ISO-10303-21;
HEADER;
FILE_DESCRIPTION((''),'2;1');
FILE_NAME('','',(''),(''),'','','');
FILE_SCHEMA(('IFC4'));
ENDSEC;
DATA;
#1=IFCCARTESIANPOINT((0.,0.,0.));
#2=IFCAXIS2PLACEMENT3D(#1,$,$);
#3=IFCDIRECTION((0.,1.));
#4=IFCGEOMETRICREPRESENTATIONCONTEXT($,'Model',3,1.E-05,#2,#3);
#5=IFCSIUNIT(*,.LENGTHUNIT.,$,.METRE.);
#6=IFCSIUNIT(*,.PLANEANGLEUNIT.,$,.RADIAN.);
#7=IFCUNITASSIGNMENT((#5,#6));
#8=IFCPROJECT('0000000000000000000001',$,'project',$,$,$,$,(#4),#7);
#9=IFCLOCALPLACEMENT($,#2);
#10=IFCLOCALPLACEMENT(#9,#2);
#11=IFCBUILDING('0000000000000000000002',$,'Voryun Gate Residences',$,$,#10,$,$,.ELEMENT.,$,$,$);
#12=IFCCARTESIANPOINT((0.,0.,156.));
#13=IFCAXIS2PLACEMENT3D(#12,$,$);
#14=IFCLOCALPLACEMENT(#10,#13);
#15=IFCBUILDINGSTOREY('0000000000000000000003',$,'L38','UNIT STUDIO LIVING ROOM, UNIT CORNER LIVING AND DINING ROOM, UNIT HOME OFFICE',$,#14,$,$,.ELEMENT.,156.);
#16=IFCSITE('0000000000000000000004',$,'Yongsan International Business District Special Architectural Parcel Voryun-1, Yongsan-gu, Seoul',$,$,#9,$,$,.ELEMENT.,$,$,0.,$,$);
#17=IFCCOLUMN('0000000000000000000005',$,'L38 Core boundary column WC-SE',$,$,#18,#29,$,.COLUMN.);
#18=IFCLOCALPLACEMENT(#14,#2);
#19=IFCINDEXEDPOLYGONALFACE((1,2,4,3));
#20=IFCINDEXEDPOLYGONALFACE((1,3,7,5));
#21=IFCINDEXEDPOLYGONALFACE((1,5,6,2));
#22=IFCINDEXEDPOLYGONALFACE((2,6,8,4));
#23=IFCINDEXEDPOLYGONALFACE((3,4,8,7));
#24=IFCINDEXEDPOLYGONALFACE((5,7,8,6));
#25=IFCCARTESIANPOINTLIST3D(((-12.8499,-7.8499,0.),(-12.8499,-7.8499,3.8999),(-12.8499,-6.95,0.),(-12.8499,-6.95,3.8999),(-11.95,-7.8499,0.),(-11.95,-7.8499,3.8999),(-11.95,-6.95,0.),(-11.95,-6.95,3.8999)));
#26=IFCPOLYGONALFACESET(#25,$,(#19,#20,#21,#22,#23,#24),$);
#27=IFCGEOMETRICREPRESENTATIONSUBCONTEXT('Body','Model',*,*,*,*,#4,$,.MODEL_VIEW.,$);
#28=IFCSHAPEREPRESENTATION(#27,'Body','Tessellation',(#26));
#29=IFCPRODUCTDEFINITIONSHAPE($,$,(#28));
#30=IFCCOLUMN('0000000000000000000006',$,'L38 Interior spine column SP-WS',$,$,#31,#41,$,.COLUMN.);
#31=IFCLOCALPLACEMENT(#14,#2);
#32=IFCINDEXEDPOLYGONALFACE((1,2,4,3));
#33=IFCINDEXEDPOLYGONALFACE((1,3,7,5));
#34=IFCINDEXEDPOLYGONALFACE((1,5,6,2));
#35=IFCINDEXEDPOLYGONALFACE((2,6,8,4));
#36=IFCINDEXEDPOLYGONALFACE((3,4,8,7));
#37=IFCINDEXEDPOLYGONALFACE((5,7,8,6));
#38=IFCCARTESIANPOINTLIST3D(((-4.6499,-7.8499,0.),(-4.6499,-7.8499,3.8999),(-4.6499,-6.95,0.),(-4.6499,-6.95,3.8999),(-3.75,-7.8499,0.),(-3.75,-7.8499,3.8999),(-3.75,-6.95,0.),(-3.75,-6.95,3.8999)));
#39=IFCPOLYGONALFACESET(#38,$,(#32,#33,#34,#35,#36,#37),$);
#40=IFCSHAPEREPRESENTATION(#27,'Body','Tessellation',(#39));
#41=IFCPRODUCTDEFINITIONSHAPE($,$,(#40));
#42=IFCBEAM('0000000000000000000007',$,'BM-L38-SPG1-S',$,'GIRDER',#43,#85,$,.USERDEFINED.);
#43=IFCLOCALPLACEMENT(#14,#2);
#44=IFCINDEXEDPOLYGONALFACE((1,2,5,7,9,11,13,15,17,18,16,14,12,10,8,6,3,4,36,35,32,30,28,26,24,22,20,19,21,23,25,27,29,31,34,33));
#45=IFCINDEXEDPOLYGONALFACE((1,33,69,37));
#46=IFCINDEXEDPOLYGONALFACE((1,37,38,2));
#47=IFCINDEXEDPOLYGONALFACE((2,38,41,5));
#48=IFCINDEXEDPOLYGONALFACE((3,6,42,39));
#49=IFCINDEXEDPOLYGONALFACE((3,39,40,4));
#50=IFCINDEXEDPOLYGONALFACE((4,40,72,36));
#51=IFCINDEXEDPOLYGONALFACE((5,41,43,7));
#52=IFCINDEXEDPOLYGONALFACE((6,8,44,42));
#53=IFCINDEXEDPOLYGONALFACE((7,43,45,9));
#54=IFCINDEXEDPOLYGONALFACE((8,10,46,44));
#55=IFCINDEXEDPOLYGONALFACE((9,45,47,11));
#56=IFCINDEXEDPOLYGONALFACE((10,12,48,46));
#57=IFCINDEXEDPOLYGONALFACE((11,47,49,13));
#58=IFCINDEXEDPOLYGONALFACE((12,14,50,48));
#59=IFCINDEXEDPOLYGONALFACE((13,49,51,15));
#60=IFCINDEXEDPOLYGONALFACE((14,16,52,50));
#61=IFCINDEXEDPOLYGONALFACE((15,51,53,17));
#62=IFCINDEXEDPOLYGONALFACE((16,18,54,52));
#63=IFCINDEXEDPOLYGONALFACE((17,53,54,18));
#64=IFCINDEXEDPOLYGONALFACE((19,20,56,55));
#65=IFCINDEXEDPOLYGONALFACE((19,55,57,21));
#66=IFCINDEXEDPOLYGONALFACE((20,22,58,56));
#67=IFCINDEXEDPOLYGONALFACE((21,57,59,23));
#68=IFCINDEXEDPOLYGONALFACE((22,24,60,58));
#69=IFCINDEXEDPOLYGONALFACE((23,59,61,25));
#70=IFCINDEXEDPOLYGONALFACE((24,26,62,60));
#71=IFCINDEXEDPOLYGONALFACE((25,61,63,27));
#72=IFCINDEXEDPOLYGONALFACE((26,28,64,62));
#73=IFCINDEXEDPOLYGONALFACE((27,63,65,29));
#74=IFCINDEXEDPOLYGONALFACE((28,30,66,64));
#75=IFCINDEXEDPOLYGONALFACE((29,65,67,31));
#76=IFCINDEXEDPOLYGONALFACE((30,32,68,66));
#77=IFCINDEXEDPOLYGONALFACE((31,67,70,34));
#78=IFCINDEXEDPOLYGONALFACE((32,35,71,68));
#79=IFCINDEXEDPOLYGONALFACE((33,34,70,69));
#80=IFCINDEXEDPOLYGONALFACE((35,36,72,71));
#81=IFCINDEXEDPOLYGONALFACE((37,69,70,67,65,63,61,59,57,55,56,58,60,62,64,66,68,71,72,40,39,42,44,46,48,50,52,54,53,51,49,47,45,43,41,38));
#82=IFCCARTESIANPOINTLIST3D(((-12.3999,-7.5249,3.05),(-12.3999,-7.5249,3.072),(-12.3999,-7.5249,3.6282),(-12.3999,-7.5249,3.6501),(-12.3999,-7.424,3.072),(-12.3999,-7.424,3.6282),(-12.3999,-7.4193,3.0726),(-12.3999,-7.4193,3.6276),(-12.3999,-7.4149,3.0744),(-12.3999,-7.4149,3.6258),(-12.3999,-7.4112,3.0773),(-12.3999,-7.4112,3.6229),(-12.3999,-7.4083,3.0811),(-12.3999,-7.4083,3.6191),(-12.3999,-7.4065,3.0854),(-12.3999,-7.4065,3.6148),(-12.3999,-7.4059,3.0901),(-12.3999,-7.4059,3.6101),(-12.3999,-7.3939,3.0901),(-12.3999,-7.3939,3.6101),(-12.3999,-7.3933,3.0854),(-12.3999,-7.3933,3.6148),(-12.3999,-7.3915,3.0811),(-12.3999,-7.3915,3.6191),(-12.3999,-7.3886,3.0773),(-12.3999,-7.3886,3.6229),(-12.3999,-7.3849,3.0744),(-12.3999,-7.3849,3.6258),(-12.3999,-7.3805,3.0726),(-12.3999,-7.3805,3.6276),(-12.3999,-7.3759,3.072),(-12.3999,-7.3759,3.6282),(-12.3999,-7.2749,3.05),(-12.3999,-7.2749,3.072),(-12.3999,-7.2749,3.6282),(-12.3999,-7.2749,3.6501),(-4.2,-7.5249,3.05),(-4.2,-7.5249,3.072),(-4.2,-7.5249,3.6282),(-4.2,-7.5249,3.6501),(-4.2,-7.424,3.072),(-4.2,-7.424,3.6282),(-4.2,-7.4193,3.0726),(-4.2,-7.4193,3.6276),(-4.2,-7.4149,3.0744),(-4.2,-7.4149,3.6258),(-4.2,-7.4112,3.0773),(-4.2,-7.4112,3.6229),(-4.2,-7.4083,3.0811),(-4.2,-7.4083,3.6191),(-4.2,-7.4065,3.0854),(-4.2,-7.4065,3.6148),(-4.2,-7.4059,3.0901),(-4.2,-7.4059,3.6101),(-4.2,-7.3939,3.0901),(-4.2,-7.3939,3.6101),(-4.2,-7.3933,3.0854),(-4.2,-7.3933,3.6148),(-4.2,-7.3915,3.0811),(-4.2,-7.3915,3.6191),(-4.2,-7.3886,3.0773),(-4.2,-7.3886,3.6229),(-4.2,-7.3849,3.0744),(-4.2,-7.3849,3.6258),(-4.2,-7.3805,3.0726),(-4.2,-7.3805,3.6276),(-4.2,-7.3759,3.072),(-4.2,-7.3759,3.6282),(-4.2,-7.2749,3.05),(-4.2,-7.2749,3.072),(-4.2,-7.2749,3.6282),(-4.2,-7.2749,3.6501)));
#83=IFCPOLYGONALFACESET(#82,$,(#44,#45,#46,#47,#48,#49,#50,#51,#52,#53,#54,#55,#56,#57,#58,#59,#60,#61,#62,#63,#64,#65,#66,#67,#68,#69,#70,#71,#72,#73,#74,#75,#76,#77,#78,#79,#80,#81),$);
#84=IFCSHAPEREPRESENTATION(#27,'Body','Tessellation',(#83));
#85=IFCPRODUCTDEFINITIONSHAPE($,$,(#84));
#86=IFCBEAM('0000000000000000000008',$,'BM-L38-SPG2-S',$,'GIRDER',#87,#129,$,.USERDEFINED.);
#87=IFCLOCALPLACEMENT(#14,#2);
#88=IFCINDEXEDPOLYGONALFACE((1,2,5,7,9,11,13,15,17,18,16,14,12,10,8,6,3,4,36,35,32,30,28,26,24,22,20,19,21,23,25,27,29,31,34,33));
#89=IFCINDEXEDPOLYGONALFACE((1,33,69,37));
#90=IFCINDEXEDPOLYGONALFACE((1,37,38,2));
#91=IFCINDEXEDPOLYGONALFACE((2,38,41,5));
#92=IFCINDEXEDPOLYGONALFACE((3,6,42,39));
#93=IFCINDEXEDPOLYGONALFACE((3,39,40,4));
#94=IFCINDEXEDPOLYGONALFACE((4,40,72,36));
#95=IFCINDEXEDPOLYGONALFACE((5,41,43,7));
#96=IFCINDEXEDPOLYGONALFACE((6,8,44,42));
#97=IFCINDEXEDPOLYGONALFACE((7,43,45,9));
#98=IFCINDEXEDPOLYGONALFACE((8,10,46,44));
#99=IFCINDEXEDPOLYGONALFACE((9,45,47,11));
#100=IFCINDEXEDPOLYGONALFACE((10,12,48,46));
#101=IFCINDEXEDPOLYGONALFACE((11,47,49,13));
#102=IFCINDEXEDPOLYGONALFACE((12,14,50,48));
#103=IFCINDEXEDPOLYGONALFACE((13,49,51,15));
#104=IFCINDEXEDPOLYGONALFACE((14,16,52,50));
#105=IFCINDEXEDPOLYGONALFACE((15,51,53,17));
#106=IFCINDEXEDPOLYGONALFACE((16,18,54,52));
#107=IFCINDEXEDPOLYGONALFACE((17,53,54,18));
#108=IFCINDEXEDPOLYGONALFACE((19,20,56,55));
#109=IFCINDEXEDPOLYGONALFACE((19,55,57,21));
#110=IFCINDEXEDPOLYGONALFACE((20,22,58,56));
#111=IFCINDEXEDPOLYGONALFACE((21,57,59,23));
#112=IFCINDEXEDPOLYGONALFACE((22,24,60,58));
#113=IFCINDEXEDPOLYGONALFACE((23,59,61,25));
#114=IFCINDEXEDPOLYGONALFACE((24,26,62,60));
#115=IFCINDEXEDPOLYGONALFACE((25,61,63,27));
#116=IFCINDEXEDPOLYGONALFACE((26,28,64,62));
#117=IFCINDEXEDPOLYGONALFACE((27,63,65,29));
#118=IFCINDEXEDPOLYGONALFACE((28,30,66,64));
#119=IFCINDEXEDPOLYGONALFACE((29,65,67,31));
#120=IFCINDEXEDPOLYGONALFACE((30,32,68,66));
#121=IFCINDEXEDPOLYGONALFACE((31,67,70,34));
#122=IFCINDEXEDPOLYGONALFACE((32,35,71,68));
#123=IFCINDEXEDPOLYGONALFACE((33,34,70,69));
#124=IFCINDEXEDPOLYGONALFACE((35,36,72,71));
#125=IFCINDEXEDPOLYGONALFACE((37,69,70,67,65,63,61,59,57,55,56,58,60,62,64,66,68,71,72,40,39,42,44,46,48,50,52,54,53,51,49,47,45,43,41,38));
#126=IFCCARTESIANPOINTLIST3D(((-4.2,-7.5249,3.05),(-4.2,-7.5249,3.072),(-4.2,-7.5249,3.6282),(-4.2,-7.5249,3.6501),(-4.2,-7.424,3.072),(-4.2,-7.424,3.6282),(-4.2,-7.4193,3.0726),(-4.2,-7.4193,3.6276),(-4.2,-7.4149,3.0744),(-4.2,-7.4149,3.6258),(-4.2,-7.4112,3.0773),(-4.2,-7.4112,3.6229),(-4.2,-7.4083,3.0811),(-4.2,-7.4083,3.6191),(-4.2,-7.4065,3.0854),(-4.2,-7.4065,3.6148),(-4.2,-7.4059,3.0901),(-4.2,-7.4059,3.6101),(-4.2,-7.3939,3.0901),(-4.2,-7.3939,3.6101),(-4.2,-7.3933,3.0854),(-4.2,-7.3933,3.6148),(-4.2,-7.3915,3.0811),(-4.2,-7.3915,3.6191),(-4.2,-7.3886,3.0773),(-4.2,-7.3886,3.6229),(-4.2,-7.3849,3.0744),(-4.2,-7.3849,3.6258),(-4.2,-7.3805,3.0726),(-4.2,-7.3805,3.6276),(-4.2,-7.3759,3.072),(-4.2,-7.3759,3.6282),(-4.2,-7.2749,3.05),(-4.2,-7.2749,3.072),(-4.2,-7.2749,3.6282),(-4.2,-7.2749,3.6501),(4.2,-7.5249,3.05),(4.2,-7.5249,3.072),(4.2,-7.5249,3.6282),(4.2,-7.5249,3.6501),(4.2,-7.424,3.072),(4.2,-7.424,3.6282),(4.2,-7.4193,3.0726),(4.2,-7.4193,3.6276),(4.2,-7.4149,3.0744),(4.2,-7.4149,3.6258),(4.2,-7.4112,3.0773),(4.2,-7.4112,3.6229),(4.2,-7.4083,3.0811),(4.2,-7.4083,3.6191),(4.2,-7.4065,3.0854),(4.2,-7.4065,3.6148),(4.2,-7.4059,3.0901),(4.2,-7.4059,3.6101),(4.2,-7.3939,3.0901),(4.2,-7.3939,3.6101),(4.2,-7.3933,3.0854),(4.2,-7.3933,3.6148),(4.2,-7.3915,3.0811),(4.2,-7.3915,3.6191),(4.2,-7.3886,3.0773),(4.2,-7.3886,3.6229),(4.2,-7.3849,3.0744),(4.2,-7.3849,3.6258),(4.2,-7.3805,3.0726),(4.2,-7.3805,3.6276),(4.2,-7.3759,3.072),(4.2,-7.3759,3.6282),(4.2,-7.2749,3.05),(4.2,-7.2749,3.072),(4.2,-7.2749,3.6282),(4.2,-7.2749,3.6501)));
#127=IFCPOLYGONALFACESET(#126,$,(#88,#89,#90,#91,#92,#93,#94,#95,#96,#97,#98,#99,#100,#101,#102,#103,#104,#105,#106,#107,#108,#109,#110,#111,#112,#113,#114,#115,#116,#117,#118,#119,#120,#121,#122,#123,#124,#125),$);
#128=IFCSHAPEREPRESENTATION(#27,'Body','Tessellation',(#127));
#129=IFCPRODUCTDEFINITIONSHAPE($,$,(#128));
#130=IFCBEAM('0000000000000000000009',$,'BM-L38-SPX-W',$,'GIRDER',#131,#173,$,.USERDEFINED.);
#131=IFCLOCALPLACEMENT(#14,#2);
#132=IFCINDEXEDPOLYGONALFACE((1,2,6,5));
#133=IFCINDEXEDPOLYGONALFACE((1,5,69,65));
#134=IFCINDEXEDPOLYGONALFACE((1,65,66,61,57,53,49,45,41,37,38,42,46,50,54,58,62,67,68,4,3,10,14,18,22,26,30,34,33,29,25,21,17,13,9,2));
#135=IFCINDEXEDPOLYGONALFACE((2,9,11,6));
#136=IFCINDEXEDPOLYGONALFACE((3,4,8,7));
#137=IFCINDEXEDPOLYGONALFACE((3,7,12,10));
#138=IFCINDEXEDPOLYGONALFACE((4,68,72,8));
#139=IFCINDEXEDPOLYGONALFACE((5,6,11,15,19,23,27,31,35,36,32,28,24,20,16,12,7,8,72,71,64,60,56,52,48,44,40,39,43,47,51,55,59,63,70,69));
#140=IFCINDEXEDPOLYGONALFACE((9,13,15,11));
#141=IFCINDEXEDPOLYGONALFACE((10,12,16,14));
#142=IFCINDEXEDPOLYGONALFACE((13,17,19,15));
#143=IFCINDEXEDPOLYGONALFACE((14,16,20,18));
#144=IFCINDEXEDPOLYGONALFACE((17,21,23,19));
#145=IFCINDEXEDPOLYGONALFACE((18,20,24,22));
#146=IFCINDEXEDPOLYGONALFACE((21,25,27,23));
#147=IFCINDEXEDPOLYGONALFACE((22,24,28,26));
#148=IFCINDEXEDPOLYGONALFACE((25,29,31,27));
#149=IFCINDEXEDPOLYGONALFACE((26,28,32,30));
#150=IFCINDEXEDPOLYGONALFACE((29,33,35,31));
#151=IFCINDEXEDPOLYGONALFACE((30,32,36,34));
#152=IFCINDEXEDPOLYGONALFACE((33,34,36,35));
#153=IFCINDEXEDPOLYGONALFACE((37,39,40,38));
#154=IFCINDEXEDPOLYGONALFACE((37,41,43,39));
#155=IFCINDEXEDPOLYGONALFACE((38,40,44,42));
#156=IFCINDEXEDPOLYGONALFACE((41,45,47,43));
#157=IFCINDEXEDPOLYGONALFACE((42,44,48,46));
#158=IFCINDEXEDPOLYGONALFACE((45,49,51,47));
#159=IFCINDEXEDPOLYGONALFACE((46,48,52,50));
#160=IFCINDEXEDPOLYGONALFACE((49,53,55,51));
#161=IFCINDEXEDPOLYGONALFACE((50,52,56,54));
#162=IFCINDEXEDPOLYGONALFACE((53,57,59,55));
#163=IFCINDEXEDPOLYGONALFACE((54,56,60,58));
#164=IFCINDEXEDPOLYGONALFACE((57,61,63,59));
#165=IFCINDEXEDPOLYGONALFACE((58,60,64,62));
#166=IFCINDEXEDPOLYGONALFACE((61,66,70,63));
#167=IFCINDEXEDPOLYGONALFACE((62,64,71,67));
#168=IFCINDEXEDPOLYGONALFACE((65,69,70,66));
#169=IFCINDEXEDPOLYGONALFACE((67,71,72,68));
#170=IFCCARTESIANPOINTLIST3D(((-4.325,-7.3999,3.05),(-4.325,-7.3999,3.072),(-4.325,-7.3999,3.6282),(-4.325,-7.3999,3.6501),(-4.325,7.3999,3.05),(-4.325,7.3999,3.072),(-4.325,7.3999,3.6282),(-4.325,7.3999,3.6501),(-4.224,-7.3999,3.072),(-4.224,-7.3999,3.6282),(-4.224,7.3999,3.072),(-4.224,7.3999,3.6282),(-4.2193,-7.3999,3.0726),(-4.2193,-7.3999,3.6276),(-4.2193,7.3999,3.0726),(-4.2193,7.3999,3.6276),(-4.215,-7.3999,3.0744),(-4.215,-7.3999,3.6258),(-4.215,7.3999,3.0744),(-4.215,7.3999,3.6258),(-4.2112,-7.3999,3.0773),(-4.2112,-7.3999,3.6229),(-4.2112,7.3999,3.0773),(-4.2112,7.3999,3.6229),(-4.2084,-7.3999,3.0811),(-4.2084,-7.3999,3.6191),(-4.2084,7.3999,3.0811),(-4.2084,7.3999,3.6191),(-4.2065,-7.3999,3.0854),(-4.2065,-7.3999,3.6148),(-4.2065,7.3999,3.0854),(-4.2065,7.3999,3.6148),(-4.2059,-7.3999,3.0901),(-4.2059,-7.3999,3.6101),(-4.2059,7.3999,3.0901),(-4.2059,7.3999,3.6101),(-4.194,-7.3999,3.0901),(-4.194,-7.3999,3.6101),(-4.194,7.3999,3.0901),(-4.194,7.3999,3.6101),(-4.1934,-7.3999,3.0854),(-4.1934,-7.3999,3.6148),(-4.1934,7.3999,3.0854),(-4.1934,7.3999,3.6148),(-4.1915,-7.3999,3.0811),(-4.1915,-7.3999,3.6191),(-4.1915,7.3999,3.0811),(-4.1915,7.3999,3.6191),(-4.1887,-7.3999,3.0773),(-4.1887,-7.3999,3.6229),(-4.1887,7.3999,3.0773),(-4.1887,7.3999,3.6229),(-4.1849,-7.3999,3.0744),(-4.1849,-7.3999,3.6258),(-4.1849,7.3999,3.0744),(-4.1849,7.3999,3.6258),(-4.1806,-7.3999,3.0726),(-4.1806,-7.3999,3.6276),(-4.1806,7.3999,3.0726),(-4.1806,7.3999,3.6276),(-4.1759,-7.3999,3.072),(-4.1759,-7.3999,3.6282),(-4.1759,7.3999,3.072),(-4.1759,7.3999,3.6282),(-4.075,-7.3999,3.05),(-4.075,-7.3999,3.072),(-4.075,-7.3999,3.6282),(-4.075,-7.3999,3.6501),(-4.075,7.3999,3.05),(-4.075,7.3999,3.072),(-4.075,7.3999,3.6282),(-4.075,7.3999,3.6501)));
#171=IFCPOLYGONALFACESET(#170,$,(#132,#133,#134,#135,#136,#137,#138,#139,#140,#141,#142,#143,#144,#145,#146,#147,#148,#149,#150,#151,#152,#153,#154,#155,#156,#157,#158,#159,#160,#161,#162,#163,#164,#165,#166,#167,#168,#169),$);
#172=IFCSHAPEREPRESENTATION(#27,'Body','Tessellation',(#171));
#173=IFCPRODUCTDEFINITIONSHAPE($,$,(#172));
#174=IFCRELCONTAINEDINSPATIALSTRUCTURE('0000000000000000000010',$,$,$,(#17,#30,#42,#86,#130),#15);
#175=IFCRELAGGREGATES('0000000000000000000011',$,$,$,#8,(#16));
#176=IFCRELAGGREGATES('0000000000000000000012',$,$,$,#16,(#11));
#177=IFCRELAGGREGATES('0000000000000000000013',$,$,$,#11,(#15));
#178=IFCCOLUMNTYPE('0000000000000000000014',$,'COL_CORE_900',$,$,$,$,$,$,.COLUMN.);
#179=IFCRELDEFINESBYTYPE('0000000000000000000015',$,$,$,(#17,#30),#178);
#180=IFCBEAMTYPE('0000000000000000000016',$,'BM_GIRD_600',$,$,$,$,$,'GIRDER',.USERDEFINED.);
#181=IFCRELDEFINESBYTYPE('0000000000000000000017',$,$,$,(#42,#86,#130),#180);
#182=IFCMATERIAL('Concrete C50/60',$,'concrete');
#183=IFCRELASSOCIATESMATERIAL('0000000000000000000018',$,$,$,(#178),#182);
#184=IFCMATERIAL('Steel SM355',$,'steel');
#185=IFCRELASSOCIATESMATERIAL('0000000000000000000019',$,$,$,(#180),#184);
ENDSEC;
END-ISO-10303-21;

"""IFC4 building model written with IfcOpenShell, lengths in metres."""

from ifc_helpers import new_model, si_unit, direction, frame, origin, origin_2d, place, context, subcontext, project, spatial, rectangle, i_section, extrude, material, material_profile, profile_set, type_object, element, save


model = new_model("IFC4")

# Units and contexts
model_context = context("Model", 3, precision=1e-05, world=origin(), true_north=direction((0.0, 1.0)))
body_context = subcontext(model_context, "Body", "Model", "MODEL_VIEW")
ifc_project = project(units=[si_unit("LENGTHUNIT", "METRE"), si_unit("PLANEANGLEUNIT", "RADIAN")], contexts=[model_context])

# Site, building, storey
site_placement = place(None, origin())
site = spatial("IfcSite", under=ifc_project, at=site_placement, Name="Yongsan International Business District Special Architectural Parcel Voryun-1, Yongsan-gu, Seoul", CompositionType="ELEMENT", RefElevation=0.0)
building_placement = place(site_placement, origin())
building = spatial("IfcBuilding", under=site, at=building_placement, Name="Voryun Gate Residences", CompositionType="ELEMENT")
storey_placement = place(building_placement, frame((0.0, 0.0, 156.0)))
storey = spatial("IfcBuildingStorey", under=building, at=storey_placement, Name="L38", Description="UNIT STUDIO LIVING ROOM, UNIT CORNER LIVING AND DINING ROOM, UNIT HOME OFFICE", CompositionType="ELEMENT", Elevation=156.0)

# Columns
ifc_material_1 = material(Name="Concrete C50/60", Category="concrete")
ifc_material_profile_1 = material_profile(ifc_material_1, rectangle(XDim=0.8999, YDim=0.8999, at=origin_2d()), Name="RC-900x900")
ifc_profile_set_1 = profile_set([ifc_material_profile_1], Name="Concrete C50/60")
column_type = type_object("IfcColumnType", Name="COL_CORE_900", PredefinedType="COLUMN", material=ifc_profile_set_1)
for number, where, z_axis, x_axis, name in (
    (1, (-12.3999, -7.3999, 0.0), (0.0, 0.0, 1.0), (1.0, 0.0, 0.0), "L38 Core boundary column WC-SE"),
    (2, (-4.2, -7.3999, 0.0), (0.0, 0.0, 1.0), (1.0, 0.0, 0.0), "L38 Interior spine column SP-WS"),
):
    element("IfcColumn", number, at=place(storey_placement, frame(where, z_axis=z_axis, x_axis=x_axis)), inside=storey, type_object=column_type, Name=name, PredefinedType="COLUMN", context=body_context, shape_type="SweptSolid", body=[
        extrude(rectangle(XDim=0.8999, YDim=0.8999, at=origin_2d()), origin(), (0.0, 0.0, 1.0), 3.8999),
    ])

# Beams
ifc_material_2 = material(Name="Steel SM355", Category="steel")
ifc_material_profile_2 = material_profile(ifc_material_2, i_section(OverallWidth=0.25, OverallDepth=0.6001, WebThickness=0.012, FlangeThickness=0.022, FilletRadius=0.0181, at=origin_2d()), Name="H-600x250x12x22")
ifc_profile_set_2 = profile_set([ifc_material_profile_2], Name="Steel SM355")
beam_type_1 = type_object("IfcBeamType", Name="BM_GIRD_600", ElementType="GIRDER", PredefinedType="USERDEFINED", material=ifc_profile_set_2)
beam_1_placement = place(storey_placement, frame((-12.3999, -7.3999, 3.3501), z_axis=(1.0, 0.0, 0.0), x_axis=(0.0, 1.0, 0.0)))
element("IfcBeam", 3, at=beam_1_placement, inside=storey, type_object=beam_type_1, Name="BM-L38-SPG1-S", ObjectType="GIRDER", PredefinedType="USERDEFINED", context=body_context, shape_type="SweptSolid", body=[
    extrude(i_section(OverallWidth=0.25, OverallDepth=0.6001, WebThickness=0.012, FlangeThickness=0.022, FilletRadius=0.0181, at=origin_2d()), origin(), (0.0, 0.0, 1.0), 8.2),
])
beam_2_placement = place(storey_placement, frame((-4.2, -7.3999, 3.3501), z_axis=(1.0, 0.0, 0.0), x_axis=(0.0, 1.0, 0.0)))
element("IfcBeam", 4, at=beam_2_placement, inside=storey, type_object=beam_type_1, Name="BM-L38-SPG2-S", ObjectType="GIRDER", PredefinedType="USERDEFINED", context=body_context, shape_type="SweptSolid", body=[
    extrude(i_section(OverallWidth=0.25, OverallDepth=0.6001, WebThickness=0.012, FlangeThickness=0.022, FilletRadius=0.0181, at=origin_2d()), origin(), (0.0, 0.0, 1.0), 8.3999),
])
beam_3_placement = place(storey_placement, frame((-4.2, -7.3999, 3.3501), z_axis=(0.0, 1.0, 0.0), x_axis=(-1.0, 0.0, 0.0)))
element("IfcBeam", 5, at=beam_3_placement, inside=storey, type_object=beam_type_1, Name="BM-L38-SPX-W", ObjectType="GIRDER", PredefinedType="USERDEFINED", context=body_context, shape_type="SweptSolid", body=[
    extrude(i_section(OverallWidth=0.25, OverallDepth=0.6001, WebThickness=0.012, FlangeThickness=0.022, FilletRadius=0.0181, at=origin_2d()), origin(), (0.0, 0.0, 1.0), 14.7998),
])

save(model, "model.ifc")
